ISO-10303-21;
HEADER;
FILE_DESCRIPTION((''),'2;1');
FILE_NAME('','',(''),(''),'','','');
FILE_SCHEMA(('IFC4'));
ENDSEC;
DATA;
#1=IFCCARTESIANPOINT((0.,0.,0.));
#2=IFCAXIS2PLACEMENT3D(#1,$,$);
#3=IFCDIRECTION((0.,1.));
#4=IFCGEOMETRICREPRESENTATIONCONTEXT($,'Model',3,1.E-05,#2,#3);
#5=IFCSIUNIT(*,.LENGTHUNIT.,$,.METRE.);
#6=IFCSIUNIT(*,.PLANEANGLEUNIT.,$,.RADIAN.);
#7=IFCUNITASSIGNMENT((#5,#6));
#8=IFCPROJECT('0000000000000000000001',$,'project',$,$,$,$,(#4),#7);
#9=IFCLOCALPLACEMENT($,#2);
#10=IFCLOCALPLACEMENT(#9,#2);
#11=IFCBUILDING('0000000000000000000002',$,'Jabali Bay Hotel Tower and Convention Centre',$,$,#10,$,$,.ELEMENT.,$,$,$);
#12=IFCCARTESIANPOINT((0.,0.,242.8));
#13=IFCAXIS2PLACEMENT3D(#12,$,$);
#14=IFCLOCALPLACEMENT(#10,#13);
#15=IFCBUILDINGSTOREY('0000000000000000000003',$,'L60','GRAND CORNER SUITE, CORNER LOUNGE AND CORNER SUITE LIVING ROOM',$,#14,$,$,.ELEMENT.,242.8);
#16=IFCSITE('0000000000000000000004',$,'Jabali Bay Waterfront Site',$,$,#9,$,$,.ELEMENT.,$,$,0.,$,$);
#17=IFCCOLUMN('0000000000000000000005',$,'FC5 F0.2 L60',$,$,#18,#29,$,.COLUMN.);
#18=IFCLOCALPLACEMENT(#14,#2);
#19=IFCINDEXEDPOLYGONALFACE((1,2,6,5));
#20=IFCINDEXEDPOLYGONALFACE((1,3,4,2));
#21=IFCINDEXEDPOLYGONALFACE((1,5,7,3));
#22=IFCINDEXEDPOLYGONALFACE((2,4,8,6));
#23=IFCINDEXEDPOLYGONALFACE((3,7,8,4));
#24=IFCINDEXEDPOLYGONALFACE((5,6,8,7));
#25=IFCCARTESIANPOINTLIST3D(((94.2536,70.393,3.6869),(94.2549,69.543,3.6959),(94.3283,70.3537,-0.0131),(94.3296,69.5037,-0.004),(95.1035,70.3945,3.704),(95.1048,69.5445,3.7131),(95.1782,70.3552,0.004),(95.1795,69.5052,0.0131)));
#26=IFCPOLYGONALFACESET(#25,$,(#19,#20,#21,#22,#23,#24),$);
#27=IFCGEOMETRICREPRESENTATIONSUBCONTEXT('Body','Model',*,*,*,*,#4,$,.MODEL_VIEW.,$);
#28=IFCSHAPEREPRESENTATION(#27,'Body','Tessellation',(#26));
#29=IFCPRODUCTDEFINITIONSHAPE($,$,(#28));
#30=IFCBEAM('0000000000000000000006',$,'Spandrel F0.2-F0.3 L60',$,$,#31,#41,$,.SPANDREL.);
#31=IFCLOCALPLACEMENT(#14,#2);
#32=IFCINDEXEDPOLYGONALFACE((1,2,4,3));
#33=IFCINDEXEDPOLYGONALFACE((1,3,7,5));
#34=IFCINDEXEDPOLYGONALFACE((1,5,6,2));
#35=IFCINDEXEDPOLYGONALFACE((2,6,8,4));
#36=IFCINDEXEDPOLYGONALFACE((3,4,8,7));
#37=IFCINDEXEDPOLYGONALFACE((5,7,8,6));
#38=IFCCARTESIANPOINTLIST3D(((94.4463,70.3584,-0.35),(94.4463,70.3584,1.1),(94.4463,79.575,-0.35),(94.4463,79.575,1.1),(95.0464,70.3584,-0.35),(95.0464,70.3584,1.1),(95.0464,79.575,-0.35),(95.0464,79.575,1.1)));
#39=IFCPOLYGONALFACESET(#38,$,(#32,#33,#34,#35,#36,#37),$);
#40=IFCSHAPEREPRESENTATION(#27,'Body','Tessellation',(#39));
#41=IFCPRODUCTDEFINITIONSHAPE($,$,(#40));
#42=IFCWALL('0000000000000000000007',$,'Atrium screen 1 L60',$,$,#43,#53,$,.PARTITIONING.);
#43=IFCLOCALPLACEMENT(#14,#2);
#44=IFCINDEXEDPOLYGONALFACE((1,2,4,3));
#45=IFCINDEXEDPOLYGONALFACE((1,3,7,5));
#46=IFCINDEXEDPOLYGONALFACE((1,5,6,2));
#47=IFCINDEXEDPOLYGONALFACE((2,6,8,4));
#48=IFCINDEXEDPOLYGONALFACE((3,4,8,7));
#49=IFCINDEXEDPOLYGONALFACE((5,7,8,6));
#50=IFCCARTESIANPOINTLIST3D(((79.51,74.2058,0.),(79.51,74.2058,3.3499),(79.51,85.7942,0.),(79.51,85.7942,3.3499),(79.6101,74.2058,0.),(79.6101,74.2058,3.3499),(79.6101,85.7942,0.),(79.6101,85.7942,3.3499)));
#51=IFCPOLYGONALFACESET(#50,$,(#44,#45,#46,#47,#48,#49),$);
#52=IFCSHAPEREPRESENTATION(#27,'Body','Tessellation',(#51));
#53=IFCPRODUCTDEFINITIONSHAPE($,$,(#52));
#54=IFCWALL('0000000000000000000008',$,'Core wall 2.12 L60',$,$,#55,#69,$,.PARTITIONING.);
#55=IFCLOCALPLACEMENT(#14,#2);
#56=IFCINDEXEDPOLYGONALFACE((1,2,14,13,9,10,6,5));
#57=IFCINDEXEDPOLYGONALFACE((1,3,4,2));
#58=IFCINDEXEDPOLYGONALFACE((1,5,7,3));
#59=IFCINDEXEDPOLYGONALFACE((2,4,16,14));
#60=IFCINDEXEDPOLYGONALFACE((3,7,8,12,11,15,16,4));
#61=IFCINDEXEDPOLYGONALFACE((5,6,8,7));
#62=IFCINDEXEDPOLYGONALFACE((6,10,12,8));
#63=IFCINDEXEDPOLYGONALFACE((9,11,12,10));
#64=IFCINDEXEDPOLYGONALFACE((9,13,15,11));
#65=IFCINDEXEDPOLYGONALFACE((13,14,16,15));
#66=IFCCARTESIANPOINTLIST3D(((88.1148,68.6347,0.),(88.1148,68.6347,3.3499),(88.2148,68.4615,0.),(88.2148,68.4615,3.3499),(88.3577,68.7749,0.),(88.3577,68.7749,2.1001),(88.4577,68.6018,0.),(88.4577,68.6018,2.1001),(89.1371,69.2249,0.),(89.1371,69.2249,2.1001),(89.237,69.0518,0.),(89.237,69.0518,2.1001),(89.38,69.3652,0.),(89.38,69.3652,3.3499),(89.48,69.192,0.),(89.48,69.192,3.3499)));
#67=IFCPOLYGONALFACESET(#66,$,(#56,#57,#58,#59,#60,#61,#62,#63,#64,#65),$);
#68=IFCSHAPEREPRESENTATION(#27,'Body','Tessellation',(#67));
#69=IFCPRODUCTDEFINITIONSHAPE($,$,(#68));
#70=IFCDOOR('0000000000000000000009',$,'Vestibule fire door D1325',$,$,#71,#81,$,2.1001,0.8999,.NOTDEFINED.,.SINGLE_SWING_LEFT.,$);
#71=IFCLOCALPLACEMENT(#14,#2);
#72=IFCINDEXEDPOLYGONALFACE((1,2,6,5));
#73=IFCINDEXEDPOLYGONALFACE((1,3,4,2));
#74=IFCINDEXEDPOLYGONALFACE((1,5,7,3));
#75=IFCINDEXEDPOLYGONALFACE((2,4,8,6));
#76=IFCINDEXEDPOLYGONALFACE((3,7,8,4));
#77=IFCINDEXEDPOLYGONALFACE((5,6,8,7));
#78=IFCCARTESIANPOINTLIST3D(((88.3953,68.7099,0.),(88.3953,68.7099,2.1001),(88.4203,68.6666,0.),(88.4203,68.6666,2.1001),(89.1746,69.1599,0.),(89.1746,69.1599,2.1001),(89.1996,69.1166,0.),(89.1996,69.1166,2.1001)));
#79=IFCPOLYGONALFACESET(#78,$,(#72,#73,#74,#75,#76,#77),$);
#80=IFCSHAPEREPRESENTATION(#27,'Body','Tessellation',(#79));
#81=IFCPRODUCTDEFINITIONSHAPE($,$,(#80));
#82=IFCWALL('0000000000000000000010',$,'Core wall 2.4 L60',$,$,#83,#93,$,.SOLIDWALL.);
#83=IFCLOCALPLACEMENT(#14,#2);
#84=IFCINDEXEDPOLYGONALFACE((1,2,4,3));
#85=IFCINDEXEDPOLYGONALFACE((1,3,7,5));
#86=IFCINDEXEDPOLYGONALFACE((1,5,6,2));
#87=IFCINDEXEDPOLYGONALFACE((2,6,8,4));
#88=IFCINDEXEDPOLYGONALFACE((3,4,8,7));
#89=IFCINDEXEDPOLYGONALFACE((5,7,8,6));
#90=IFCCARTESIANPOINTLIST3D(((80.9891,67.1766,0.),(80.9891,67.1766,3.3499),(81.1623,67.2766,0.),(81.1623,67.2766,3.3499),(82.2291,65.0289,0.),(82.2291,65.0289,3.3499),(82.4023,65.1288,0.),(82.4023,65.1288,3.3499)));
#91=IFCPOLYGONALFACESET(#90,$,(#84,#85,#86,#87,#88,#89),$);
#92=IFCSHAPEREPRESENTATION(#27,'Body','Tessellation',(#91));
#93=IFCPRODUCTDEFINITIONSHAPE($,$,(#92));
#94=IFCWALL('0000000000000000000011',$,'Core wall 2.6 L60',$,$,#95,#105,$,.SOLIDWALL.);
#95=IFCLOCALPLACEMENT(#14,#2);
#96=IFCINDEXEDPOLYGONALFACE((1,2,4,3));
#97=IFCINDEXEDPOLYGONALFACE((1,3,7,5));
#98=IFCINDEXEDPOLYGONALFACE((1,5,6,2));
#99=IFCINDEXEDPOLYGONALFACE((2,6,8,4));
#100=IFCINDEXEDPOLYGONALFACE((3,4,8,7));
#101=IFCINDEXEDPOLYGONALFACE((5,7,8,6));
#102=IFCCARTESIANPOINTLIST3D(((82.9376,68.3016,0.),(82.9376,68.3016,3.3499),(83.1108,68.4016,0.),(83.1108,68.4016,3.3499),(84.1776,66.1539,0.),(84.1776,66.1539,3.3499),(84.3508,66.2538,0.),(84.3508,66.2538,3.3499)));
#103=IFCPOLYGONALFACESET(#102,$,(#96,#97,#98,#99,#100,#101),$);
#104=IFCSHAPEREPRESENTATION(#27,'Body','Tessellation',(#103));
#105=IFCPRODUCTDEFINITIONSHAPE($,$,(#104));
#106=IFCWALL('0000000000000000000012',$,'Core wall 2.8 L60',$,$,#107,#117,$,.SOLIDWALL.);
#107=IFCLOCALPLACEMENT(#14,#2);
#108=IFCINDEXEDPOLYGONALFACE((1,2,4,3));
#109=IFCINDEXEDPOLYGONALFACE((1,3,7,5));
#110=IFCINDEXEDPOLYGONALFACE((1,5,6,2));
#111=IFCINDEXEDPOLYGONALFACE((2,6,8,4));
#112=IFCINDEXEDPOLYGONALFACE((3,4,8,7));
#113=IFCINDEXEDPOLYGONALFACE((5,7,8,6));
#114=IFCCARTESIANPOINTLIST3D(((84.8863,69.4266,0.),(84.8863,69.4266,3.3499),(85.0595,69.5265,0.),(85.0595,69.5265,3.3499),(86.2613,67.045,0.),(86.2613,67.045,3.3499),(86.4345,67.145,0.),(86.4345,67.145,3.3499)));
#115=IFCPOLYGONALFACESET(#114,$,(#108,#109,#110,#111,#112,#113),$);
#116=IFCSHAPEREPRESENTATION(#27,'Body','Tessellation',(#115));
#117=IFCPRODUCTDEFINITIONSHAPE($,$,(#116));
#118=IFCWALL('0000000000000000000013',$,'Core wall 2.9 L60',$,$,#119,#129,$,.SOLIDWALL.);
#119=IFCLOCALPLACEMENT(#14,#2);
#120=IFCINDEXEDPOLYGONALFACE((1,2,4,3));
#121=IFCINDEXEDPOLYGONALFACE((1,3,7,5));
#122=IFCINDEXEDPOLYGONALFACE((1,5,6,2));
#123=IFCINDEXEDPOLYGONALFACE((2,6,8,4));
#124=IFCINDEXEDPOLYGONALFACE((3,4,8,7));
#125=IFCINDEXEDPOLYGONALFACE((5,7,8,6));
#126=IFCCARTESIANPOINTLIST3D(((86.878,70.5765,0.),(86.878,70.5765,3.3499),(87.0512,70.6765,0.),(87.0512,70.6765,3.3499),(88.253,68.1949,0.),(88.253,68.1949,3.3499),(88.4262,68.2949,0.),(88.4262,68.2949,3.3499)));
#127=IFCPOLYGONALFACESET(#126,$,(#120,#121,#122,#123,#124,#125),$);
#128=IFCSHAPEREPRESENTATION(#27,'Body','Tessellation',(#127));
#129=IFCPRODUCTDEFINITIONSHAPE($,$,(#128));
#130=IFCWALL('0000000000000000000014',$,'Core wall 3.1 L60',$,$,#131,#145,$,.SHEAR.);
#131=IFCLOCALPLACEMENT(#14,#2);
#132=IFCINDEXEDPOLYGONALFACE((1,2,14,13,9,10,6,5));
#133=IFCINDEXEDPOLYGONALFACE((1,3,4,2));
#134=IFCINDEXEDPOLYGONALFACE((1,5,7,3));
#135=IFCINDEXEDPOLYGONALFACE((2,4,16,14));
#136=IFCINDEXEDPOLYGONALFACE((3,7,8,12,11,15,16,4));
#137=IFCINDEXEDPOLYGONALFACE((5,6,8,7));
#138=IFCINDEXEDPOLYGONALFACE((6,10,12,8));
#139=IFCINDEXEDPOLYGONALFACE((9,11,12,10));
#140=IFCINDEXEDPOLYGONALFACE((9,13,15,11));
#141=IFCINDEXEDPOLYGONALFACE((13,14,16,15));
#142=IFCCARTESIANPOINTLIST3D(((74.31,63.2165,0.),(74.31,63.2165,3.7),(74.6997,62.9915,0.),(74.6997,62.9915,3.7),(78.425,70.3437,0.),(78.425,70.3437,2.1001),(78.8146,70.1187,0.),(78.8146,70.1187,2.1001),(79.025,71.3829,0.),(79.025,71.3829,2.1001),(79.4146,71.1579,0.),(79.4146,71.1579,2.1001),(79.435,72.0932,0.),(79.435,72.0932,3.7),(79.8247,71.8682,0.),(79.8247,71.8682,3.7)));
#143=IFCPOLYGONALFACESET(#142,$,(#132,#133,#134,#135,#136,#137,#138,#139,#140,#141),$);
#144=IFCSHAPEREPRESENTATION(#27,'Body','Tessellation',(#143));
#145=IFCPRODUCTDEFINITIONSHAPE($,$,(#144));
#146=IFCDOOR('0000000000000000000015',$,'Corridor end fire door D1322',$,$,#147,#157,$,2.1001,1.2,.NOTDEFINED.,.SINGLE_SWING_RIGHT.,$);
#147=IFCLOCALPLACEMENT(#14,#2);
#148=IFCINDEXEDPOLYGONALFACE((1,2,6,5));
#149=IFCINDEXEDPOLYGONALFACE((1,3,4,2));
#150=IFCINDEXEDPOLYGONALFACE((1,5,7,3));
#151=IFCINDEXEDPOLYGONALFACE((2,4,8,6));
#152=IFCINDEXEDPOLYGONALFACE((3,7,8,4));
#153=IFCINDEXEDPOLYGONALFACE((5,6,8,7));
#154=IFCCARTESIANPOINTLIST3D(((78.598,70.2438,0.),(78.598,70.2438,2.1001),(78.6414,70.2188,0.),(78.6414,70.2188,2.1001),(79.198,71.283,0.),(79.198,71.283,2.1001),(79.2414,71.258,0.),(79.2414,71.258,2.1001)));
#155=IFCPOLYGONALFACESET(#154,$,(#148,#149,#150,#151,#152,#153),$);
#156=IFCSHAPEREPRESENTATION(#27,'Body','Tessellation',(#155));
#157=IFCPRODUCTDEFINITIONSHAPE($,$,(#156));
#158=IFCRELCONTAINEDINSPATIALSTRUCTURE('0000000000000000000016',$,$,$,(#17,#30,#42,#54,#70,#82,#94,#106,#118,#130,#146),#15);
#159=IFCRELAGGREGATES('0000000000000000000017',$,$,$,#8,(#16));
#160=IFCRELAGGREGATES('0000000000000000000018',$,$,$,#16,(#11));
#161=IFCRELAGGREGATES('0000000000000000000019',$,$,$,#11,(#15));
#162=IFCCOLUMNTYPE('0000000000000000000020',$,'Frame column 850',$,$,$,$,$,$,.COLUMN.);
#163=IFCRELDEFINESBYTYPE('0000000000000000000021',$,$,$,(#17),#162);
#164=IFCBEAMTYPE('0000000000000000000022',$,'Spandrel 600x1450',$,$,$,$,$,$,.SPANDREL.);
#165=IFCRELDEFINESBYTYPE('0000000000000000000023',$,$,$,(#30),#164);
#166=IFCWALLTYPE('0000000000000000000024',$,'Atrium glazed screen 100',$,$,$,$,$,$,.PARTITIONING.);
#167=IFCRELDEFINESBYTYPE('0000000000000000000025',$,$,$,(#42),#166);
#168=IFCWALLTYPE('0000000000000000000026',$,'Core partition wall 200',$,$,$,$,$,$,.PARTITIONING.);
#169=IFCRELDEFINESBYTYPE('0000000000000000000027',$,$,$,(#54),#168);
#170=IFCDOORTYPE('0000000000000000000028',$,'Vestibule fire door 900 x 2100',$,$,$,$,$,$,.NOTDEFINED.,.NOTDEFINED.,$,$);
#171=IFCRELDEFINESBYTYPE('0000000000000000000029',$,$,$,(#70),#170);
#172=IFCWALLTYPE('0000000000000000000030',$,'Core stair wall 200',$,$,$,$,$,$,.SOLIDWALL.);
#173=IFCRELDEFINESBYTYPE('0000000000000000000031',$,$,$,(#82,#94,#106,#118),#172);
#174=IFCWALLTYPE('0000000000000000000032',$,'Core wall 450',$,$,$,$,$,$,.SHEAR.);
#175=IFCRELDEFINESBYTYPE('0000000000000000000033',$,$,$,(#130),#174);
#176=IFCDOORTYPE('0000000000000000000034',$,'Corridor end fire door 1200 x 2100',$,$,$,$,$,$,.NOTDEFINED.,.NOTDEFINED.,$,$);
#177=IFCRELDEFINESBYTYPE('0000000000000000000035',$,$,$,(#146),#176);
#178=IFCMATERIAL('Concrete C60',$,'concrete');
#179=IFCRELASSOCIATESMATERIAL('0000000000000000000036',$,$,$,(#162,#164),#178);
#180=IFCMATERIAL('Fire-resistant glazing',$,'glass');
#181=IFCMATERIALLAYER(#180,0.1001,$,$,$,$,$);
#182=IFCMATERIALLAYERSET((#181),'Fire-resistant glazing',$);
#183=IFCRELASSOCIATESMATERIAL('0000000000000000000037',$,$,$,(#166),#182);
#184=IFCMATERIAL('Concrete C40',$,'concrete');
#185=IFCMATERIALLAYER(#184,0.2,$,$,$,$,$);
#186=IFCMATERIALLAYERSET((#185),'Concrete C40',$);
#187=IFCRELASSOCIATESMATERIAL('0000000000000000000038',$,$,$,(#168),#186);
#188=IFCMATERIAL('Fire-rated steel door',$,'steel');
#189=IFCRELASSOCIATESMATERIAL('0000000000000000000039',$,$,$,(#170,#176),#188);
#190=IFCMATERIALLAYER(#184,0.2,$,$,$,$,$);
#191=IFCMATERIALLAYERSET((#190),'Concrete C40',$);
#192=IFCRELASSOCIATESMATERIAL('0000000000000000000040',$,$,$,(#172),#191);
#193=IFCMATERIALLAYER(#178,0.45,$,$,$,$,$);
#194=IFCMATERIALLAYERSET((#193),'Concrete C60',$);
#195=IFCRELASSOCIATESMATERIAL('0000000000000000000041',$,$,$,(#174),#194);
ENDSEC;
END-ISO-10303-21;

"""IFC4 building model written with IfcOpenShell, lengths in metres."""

from ifc_helpers import new_model, si_unit, direction, frame, frame_2d, origin, origin_2d, place, context, subcontext, project, spatial, rectangle, extrude, material, layer, layer_set, material_profile, profile_set, type_object, element, fill, save


model = new_model("IFC4")

# Units and contexts
model_context = context("Model", 3, precision=1e-05, world=origin(), true_north=direction((0.0, 1.0)))
body_context = subcontext(model_context, "Body", "Model", "MODEL_VIEW")
ifc_project = project(units=[si_unit("LENGTHUNIT", "METRE"), si_unit("PLANEANGLEUNIT", "RADIAN")], contexts=[model_context])

# Site, building, storey
site_placement = place(None, origin())
site = spatial("IfcSite", under=ifc_project, at=site_placement, Name="Jabali Bay Waterfront Site", CompositionType="ELEMENT", RefElevation=0.0)
building_placement = place(site_placement, origin())
building = spatial("IfcBuilding", under=site, at=building_placement, Name="Jabali Bay Hotel Tower and Convention Centre", CompositionType="ELEMENT")
storey_placement = place(building_placement, frame((0.0, 0.0, 242.8)))
storey = spatial("IfcBuildingStorey", under=building, at=storey_placement, Name="L60", Description="GRAND CORNER SUITE, CORNER LOUNGE AND CORNER SUITE LIVING ROOM", CompositionType="ELEMENT", Elevation=242.8)

# Column
ifc_material_1 = material(Name="Concrete C60", Category="concrete")
ifc_material_profile_1 = material_profile(ifc_material_1, rectangle(XDim=0.8501, YDim=0.8501, at=origin_2d()), Name="Frame column 850")
ifc_profile_set_1 = profile_set([ifc_material_profile_1], Name="Concrete C60")
column_type = type_object("IfcColumnType", Name="Frame column 850", PredefinedType="COLUMN", material=ifc_profile_set_1)
column_placement = place(storey_placement, frame((94.7539, 69.9294, 0.0), z_axis=(-0.020186, 0.010621, 0.99974), x_axis=(0.001533, -0.999942, 0.010654)))
element("IfcColumn", 1, at=column_placement, inside=storey, type_object=column_type, Name="FC5 F0.2 L60", PredefinedType="COLUMN", context=body_context, shape_type="SweptSolid", body=[
    extrude(rectangle(XDim=0.8501, YDim=0.8501, at=origin_2d()), origin(), (0.0, 0.0, 1.0), 3.7009),
])

# Beam
ifc_material_profile_2 = material_profile(ifc_material_1, rectangle(XDim=0.6001, YDim=1.45, at=origin_2d()), Name="Spandrel 600x1450")
ifc_profile_set_2 = profile_set([ifc_material_profile_2], Name="Concrete C60")
beam_type = type_object("IfcBeamType", Name="Spandrel 600x1450", PredefinedType="SPANDREL", material=ifc_profile_set_2)
beam_placement = place(storey_placement, frame((94.7463, 70.3584, 0.375), z_axis=(0.0, 1.0, 0.0), x_axis=(-1.0, 0.0, 0.0)))
element("IfcBeam", 2, at=beam_placement, inside=storey, type_object=beam_type, Name="Spandrel F0.2-F0.3 L60", PredefinedType="SPANDREL", context=body_context, shape_type="SweptSolid", body=[
    extrude(rectangle(XDim=0.6001, YDim=1.45, at=origin_2d()), origin(), (0.0, 0.0, 1.0), 9.2166),
])

# Wall
ifc_material_2 = material(Name="Fire-resistant glazing", Category="glass")
ifc_layer_1 = layer(ifc_material_2, 0.1001)
ifc_layer_set_1 = layer_set([ifc_layer_1], Name="Fire-resistant glazing")
wall_type_1 = type_object("IfcWallType", Name="Atrium glazed screen 100", PredefinedType="PARTITIONING", material=ifc_layer_set_1)
wall_1_placement = place(storey_placement, frame((79.5601, 74.2058, 0.0), z_axis=(0.0, 0.0, 1.0), x_axis=(0.0, 1.0, 0.0)))
element("IfcWall", 3, at=wall_1_placement, inside=storey, type_object=wall_type_1, Name="Atrium screen 1 L60", PredefinedType="PARTITIONING", context=body_context, shape_type="SweptSolid", body=[
    extrude(rectangle(XDim=11.5884, YDim=0.1001, at=frame_2d((5.7942, 0.0))), origin(), (0.0, 0.0, 1.0), 3.3499),
])

# Wall, opening, door
ifc_material_3 = material(Name="Concrete C40", Category="concrete")
ifc_layer_2 = layer(ifc_material_3, 0.2)
ifc_layer_set_2 = layer_set([ifc_layer_2], Name="Concrete C40")
wall_type_2 = type_object("IfcWallType", Name="Core partition wall 200", PredefinedType="PARTITIONING", material=ifc_layer_set_2)
wall_2_placement = place(storey_placement, frame((88.1648, 68.5481, 0.0), z_axis=(0.0, 0.0, 1.0), x_axis=(0.866013, 0.500021, 0.0)))
wall_2 = element("IfcWall", 4, at=wall_2_placement, inside=storey, type_object=wall_type_2, Name="Core wall 2.12 L60", PredefinedType="PARTITIONING", context=body_context, shape_type="SweptSolid", body=[
    extrude(rectangle(XDim=1.4609, YDim=0.2, at=frame_2d((0.7305, 0.0))), origin(), (0.0, 0.0, 1.0), 3.3499),
])
opening_1_placement = place(wall_2_placement, frame((0.2805, 0.0, 0.0)))
opening_1 = element("IfcOpeningElement", 5, at=opening_1_placement, cuts=wall_2, PredefinedType="OPENING", context=body_context, shape_type="SweptSolid", body=[
    extrude(rectangle(XDim=0.8999, YDim=2.1001, at=frame_2d((0.45, 1.05))), frame((0.0, 0.1104, 0.0), z_axis=(0.0, -1.0, 0.0), x_axis=(1.0, 0.0, 0.0)), (0.0, 0.0, 1.0), 0.2209),
])
ifc_material_4 = material(Name="Fire-rated steel door", Category="steel")
door_type_1 = type_object("IfcDoorType", Name="Vestibule fire door 900 x 2100", OperationType="NOTDEFINED", PredefinedType="NOTDEFINED", material=ifc_material_4)
door_1_placement = place(opening_1_placement, origin())
door_1 = element("IfcDoor", 6, at=door_1_placement, inside=storey, type_object=door_type_1, Name="Vestibule fire door D1325", OperationType="SINGLE_SWING_LEFT", OverallHeight=2.1001, OverallWidth=0.8999, PredefinedType="NOTDEFINED", context=body_context, shape_type="SweptSolid", body=[
    extrude(rectangle(XDim=0.8999, YDim=2.1001, at=frame_2d((0.45, 1.05))), frame((0.0, 0.0249, 0.0), z_axis=(0.0, -1.0, 0.0), x_axis=(1.0, 0.0, 0.0)), (0.0, 0.0, 1.0), 0.05),
])
fill(opening_1, door_1)

# Walls
ifc_layer_3 = layer(ifc_material_3, 0.2)
ifc_layer_set_3 = layer_set([ifc_layer_3], Name="Concrete C40")
wall_type_3 = type_object("IfcWallType", Name="Core stair wall 200", PredefinedType="SOLIDWALL", material=ifc_layer_set_3)
for number, where, z_axis, x_axis, name in (
    (7, (81.0757, 67.2266, 0.0), (0.0, 0.0, 1.0), (0.500004, -0.866023, 0.0), "Core wall 2.4 L60"),
    (8, (83.0242, 68.3516, 0.0), (0.0, 0.0, 1.0), (0.500004, -0.866023, 0.0), "Core wall 2.6 L60"),
):
    element("IfcWall", number, at=place(storey_placement, frame(where, z_axis=z_axis, x_axis=x_axis)), inside=storey, type_object=wall_type_3, Name=name, PredefinedType="SOLIDWALL", context=body_context, shape_type="SweptSolid", body=[
        extrude(rectangle(XDim=2.48, YDim=0.2, at=frame_2d((1.24, 0.0))), origin(), (0.0, 0.0, 1.0), 3.3499),
    ])
for number, where, z_axis, x_axis, name in (
    (9, (84.9729, 69.4766, 0.0), (0.0, 0.0, 1.0), (0.499997, -0.866027, 0.0), "Core wall 2.8 L60"),
    (10, (86.9646, 70.6265, 0.0), (0.0, 0.0, 1.0), (0.499997, -0.866027, 0.0), "Core wall 2.9 L60"),
):
    element("IfcWall", number, at=place(storey_placement, frame(where, z_axis=z_axis, x_axis=x_axis)), inside=storey, type_object=wall_type_3, Name=name, PredefinedType="SOLIDWALL", context=body_context, shape_type="SweptSolid", body=[
        extrude(rectangle(XDim=2.75, YDim=0.2, at=frame_2d((1.375, 0.0))), origin(), (0.0, 0.0, 1.0), 3.3499),
    ])

# Wall, opening, door
ifc_layer_4 = layer(ifc_material_1, 0.45)
ifc_layer_set_4 = layer_set([ifc_layer_4], Name="Concrete C60")
wall_type_4 = type_object("IfcWallType", Name="Core wall 450", PredefinedType="SHEAR", material=ifc_layer_set_4)
wall_3_placement = place(storey_placement, frame((79.6299, 71.9807, 0.0), z_axis=(0.0, 0.0, 1.0), x_axis=(-0.500002, -0.866024, 0.0)))
wall_3 = element("IfcWall", 11, at=wall_3_placement, inside=storey, type_object=wall_type_4, Name="Core wall 3.1 L60", PredefinedType="SHEAR", context=body_context, shape_type="SweptSolid", body=[
    extrude(rectangle(XDim=10.25, YDim=0.45, at=frame_2d((5.125, 0.0))), origin(), (0.0, 0.0, 1.0), 3.7),
])
opening_2_placement = place(wall_3_placement, frame((0.8201, 0.0, 0.0)))
opening_2 = element("IfcOpeningElement", 12, at=opening_2_placement, cuts=wall_3, PredefinedType="OPENING", context=body_context, shape_type="SweptSolid", body=[
    extrude(rectangle(XDim=1.2, YDim=2.1001, at=frame_2d((0.6001, 1.05))), frame((0.0, 0.2354, 0.0), z_axis=(0.0, -1.0, 0.0), x_axis=(1.0, 0.0, 0.0)), (0.0, 0.0, 1.0), 0.4709),
])
door_type_2 = type_object("IfcDoorType", Name="Corridor end fire door 1200 x 2100", OperationType="NOTDEFINED", PredefinedType="NOTDEFINED", material=ifc_material_4)
door_2_placement = place(opening_2_placement, origin())
door_2 = element("IfcDoor", 13, at=door_2_placement, inside=storey, type_object=door_type_2, Name="Corridor end fire door D1322", OperationType="SINGLE_SWING_RIGHT", OverallHeight=2.1001, OverallWidth=1.2, PredefinedType="NOTDEFINED", context=body_context, shape_type="SweptSolid", body=[
    extrude(rectangle(XDim=1.2, YDim=2.1001, at=frame_2d((0.6001, 1.05))), frame((0.0, 0.0249, 0.0), z_axis=(0.0, -1.0, 0.0), x_axis=(1.0, 0.0, 0.0)), (0.0, 0.0, 1.0), 0.05),
])
fill(opening_2, door_2)

save(model, "model.ifc")
